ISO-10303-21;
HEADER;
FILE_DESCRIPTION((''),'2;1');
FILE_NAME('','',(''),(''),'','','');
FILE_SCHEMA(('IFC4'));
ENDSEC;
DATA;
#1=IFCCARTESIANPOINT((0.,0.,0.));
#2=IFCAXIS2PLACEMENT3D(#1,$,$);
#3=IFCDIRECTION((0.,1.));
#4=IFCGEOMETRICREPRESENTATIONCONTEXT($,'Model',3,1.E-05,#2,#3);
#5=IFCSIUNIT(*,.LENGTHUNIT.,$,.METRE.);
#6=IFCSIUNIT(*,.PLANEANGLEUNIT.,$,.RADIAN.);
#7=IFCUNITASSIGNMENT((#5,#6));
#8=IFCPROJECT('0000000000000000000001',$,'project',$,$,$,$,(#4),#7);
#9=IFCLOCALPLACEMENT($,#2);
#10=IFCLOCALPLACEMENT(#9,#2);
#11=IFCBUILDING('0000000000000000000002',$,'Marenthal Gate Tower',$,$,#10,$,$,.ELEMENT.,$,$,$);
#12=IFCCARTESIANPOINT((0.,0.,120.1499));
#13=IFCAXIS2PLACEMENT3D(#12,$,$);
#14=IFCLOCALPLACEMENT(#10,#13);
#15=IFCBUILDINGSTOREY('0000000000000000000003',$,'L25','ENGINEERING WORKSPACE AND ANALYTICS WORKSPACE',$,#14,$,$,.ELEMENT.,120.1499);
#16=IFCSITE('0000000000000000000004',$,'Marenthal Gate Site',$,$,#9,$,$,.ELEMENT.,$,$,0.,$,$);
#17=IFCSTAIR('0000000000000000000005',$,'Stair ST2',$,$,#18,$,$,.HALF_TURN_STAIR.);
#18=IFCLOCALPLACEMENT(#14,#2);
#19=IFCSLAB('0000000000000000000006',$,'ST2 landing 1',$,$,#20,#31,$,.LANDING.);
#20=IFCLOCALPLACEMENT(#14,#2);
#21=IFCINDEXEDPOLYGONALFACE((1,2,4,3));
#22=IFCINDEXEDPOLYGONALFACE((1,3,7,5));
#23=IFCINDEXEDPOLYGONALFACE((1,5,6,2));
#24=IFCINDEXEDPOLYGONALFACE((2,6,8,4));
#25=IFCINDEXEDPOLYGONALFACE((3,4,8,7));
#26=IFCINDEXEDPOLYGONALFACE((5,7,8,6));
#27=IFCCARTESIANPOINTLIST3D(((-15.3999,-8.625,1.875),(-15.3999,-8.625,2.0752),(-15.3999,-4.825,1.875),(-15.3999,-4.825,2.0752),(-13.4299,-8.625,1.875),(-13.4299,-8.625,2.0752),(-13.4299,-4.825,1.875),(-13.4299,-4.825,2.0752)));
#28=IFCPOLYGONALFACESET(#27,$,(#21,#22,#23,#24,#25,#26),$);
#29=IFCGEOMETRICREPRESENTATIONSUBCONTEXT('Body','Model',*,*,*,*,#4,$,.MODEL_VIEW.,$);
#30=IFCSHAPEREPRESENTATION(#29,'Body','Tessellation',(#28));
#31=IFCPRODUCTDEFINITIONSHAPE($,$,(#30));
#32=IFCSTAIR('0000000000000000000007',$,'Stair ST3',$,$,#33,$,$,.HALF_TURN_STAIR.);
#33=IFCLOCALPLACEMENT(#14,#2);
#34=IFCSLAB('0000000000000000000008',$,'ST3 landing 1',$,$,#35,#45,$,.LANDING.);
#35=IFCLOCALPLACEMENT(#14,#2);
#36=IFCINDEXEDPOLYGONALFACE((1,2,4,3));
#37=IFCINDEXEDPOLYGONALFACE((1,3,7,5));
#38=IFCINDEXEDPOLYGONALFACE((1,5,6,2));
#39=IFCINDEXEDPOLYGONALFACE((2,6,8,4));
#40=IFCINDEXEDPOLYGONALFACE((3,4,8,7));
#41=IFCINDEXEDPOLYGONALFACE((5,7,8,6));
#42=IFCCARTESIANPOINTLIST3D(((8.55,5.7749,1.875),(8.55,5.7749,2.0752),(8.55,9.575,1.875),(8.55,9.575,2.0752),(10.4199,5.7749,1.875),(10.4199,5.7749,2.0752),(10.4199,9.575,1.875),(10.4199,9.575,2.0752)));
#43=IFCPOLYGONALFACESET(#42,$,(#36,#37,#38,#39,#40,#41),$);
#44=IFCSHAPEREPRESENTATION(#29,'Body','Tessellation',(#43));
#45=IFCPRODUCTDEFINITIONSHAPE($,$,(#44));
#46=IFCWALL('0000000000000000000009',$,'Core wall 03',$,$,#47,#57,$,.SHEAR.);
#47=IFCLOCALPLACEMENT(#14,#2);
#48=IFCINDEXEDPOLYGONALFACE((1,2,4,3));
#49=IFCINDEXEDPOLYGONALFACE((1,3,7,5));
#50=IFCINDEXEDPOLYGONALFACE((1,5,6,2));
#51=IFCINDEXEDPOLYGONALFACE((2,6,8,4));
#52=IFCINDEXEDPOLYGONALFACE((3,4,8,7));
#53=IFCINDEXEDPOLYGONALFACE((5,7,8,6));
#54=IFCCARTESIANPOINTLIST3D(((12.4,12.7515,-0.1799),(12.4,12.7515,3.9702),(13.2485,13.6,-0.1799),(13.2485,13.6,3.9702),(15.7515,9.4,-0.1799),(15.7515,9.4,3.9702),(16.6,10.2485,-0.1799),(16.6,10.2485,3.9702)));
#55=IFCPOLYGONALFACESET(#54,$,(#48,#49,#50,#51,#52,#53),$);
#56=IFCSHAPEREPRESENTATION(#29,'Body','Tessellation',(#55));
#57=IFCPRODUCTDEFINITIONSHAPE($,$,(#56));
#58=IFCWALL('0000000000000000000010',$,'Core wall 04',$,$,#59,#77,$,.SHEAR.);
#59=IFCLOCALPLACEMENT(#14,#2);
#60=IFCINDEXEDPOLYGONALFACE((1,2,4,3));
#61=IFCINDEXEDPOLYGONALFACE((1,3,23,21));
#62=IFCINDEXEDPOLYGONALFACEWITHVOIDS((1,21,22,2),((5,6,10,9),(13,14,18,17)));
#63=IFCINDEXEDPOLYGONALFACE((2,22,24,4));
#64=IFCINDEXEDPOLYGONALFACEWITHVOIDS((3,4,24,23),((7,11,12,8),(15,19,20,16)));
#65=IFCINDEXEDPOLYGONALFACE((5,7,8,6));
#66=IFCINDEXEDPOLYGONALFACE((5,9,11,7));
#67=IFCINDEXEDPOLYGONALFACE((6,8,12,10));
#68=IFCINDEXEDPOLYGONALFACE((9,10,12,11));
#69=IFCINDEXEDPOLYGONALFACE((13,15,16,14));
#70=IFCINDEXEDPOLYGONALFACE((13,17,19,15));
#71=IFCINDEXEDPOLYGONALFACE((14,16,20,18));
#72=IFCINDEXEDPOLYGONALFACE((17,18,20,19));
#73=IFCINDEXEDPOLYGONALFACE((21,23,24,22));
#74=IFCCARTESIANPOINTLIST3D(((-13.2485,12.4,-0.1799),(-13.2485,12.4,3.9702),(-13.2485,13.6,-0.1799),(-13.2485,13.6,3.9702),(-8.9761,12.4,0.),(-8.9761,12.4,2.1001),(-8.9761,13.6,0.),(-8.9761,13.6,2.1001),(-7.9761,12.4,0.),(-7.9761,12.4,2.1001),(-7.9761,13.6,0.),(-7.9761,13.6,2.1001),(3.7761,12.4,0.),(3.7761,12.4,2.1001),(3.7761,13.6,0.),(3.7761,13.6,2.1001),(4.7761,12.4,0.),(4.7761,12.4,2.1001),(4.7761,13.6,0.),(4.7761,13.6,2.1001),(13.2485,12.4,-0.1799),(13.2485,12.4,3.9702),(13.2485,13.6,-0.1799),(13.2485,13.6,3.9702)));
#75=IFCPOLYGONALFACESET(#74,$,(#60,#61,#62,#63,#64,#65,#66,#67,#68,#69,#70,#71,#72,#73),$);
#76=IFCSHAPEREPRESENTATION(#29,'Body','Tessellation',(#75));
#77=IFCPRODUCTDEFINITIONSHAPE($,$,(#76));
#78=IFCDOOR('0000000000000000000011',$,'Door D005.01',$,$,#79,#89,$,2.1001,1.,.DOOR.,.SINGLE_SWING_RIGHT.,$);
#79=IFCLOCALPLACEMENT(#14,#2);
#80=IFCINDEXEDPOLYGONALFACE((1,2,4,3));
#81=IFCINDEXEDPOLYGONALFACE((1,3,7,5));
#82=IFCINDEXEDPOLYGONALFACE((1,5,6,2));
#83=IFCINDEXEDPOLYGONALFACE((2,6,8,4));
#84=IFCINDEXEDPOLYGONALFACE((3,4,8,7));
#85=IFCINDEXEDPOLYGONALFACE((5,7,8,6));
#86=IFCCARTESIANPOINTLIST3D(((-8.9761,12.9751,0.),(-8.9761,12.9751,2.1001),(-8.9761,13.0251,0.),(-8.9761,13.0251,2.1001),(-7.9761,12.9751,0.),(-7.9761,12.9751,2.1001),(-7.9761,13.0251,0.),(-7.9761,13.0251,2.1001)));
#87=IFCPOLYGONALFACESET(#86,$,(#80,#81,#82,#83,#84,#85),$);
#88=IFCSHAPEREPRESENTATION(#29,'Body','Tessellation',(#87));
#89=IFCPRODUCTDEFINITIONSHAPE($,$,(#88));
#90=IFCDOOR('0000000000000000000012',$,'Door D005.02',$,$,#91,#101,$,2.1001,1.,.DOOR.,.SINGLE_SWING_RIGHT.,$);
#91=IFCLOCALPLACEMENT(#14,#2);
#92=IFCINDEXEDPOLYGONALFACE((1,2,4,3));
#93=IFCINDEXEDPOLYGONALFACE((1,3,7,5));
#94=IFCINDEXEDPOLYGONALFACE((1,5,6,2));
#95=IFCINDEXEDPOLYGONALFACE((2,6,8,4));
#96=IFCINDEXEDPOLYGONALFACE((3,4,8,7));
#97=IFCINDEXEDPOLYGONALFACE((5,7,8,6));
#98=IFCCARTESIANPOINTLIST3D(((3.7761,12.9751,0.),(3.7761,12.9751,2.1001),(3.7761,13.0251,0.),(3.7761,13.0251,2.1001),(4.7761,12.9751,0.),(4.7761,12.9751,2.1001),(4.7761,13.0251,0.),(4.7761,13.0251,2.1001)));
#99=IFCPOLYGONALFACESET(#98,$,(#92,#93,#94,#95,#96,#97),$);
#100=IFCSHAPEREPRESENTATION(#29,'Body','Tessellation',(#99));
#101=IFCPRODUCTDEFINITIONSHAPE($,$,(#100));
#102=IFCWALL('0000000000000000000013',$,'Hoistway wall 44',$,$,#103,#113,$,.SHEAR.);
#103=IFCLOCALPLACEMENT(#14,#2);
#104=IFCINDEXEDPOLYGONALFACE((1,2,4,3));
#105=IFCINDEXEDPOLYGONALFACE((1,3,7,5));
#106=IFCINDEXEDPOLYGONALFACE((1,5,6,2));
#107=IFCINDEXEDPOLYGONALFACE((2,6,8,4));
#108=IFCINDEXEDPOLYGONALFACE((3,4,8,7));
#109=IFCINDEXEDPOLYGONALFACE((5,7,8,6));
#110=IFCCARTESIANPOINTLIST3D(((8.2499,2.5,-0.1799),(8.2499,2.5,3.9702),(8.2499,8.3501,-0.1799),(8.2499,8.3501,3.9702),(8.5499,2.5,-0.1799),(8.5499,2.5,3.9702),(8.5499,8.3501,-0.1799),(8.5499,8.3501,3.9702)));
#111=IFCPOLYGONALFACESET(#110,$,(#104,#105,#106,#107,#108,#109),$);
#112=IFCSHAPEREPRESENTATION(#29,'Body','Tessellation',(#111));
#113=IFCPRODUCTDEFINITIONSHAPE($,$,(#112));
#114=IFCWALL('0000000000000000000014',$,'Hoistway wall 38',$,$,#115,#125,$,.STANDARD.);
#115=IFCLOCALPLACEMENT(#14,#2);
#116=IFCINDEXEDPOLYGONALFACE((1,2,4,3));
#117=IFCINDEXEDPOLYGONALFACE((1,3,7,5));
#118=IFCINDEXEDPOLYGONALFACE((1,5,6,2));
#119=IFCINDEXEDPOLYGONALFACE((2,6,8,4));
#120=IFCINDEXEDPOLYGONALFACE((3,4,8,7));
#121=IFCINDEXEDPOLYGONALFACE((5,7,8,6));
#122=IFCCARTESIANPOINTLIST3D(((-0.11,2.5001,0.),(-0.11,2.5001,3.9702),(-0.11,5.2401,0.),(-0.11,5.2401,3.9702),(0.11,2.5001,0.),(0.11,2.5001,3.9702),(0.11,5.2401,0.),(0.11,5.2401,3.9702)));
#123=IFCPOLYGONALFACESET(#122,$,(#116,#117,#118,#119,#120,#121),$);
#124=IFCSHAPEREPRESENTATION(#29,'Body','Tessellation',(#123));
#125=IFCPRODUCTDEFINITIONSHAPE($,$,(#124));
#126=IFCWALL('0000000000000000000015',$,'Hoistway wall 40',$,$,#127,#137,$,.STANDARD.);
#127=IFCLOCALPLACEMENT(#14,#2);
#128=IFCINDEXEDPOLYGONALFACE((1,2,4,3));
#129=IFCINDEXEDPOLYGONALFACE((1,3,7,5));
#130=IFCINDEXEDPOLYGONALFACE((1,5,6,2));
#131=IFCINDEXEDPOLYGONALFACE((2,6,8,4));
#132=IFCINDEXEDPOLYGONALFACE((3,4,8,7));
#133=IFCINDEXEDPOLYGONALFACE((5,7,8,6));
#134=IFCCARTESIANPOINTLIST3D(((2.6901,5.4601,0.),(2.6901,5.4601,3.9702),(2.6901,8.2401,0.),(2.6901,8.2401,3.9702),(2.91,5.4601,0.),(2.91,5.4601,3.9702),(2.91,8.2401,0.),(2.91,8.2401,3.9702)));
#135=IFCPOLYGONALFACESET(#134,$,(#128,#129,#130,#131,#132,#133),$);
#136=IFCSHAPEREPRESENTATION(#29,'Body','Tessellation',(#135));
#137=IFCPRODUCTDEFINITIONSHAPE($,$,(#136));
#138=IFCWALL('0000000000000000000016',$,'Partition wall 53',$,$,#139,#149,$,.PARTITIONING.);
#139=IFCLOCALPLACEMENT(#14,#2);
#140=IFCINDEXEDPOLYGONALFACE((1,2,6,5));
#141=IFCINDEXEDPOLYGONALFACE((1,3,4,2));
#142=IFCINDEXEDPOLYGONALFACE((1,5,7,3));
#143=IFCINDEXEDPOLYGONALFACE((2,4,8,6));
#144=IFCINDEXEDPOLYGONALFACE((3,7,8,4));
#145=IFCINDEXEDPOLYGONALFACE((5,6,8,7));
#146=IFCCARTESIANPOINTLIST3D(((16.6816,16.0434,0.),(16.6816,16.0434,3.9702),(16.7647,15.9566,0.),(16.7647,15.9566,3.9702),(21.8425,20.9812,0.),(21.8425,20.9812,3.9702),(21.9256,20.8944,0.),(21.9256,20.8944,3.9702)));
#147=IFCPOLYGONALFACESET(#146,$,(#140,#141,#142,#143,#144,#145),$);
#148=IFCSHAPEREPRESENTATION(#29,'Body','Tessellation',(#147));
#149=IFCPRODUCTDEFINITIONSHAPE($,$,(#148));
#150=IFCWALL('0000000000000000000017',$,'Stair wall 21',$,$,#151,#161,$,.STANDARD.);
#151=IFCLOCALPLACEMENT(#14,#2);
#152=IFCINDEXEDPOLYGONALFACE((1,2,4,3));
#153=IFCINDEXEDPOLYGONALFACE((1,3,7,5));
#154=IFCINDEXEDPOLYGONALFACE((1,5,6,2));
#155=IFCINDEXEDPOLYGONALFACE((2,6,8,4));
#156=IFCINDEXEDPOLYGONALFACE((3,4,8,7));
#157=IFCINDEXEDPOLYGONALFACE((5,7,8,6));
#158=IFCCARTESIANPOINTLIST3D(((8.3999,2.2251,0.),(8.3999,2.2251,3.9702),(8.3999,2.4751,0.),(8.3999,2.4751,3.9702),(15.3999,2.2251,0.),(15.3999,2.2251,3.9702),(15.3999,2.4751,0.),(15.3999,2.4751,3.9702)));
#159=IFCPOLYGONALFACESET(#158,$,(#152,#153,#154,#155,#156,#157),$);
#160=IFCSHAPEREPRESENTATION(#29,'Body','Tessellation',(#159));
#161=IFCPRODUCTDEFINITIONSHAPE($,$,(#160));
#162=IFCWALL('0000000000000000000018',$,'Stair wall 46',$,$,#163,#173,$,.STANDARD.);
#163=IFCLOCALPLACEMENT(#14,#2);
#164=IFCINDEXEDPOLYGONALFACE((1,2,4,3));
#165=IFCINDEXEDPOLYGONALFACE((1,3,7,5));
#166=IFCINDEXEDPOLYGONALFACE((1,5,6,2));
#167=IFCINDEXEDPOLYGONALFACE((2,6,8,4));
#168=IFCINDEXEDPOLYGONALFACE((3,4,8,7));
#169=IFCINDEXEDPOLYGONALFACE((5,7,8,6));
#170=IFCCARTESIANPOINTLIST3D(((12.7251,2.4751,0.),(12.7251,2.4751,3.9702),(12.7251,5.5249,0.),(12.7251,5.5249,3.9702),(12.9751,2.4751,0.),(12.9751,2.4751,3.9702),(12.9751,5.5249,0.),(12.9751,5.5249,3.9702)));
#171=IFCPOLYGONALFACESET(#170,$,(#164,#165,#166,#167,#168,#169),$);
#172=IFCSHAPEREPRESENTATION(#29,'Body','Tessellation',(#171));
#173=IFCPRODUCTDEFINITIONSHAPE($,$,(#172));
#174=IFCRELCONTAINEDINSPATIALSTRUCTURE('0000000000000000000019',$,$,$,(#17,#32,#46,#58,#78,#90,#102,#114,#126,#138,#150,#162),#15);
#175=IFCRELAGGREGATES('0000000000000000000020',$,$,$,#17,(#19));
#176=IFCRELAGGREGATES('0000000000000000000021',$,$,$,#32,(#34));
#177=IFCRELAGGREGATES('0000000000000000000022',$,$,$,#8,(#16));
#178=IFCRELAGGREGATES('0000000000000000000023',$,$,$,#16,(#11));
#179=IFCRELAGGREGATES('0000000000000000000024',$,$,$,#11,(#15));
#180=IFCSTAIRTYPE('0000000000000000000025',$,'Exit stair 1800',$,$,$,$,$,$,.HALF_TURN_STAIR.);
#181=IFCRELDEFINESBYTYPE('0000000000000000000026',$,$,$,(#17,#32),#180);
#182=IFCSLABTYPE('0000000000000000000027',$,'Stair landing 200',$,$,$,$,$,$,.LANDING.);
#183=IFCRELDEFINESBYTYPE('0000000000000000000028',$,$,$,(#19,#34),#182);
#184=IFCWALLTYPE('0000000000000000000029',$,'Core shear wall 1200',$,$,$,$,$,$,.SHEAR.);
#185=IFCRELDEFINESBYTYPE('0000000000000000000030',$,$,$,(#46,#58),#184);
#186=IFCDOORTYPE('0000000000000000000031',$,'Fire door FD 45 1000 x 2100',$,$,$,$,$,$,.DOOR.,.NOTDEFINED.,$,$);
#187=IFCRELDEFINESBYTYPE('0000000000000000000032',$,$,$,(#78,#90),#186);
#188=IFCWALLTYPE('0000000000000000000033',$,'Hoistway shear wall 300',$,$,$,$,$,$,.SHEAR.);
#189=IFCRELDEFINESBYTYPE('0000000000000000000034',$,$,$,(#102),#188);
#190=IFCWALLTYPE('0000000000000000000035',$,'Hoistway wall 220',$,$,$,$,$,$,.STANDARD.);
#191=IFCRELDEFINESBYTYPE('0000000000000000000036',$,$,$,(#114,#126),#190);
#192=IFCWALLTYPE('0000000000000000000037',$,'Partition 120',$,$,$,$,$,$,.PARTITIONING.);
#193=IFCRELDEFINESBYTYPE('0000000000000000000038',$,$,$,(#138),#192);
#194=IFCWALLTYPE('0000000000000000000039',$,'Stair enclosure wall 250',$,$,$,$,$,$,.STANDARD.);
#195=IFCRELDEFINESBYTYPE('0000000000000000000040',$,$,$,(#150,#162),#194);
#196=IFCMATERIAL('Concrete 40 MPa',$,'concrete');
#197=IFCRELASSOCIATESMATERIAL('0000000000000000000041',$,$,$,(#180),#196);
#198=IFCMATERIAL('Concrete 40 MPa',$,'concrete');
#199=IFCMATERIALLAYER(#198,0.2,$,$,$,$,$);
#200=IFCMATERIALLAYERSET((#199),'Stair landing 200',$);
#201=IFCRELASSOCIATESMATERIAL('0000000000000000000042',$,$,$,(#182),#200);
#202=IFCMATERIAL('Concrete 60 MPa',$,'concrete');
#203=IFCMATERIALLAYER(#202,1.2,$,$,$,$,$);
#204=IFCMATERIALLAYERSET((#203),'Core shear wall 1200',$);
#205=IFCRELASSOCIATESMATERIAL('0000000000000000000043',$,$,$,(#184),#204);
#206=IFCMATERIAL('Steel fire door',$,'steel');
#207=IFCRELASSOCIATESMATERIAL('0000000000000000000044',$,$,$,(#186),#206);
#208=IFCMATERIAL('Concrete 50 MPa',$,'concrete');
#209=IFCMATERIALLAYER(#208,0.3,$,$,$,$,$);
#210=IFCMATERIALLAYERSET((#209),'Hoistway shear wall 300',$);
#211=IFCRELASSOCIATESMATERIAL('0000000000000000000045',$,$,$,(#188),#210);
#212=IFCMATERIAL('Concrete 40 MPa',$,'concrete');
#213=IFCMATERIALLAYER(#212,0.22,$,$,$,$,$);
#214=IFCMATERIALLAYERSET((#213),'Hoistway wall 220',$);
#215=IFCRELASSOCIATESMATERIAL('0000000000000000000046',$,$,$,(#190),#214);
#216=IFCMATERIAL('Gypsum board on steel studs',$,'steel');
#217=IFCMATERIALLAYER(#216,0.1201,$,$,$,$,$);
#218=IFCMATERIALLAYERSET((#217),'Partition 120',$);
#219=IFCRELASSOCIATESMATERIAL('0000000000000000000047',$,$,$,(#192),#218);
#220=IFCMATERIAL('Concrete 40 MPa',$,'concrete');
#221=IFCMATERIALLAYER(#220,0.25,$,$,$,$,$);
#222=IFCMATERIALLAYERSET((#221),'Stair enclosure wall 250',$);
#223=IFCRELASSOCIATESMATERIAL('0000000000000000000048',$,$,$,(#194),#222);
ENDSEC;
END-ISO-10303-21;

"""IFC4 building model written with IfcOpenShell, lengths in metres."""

from ifc_helpers import new_model, si_unit, direction, frame, frame_2d, origin, place, context, subcontext, project, spatial, polyline, rectangle, outline, extrude, material, layer, layer_set, type_object, element, fill, aggregate, save


model = new_model("IFC4")

# Units and contexts
model_context = context("Model", 3, precision=1e-05, world=origin(), true_north=direction((0.0, 1.0)))
body_context = subcontext(model_context, "Body", "Model", "MODEL_VIEW")
ifc_project = project(units=[si_unit("LENGTHUNIT", "METRE"), si_unit("PLANEANGLEUNIT", "RADIAN")], contexts=[model_context])

# Site, building, storey
site_placement = place(None, origin())
site = spatial("IfcSite", under=ifc_project, at=site_placement, Name="Marenthal Gate Site", CompositionType="ELEMENT", RefElevation=0.0)
building_placement = place(site_placement, origin())
building = spatial("IfcBuilding", under=site, at=building_placement, Name="Marenthal Gate Tower", CompositionType="ELEMENT")
storey_placement = place(building_placement, frame((0.0, 0.0, 120.1499)))
storey = spatial("IfcBuildingStorey", under=building, at=storey_placement, Name="L25", Description="ENGINEERING WORKSPACE AND ANALYTICS WORKSPACE", CompositionType="ELEMENT", Elevation=120.1499)

# Stairs, slabs
ifc_material_1 = material(Name="Concrete 40 MPa", Category="concrete")
stair_type = type_object("IfcStairType", Name="Exit stair 1800", PredefinedType="HALF_TURN_STAIR", material=ifc_material_1)
ifc_material_2 = material(Name="Concrete 40 MPa", Category="concrete")
ifc_layer_1 = layer(ifc_material_2, 0.2)
ifc_layer_set_1 = layer_set([ifc_layer_1], Name="Stair landing 200")
slab_type_1 = type_object("IfcSlabType", Name="Stair landing 200", PredefinedType="LANDING", material=ifc_layer_set_1)
stair_1_placement = place(storey_placement, origin())
stair_1 = element("IfcStair", 1, at=stair_1_placement, inside=storey, type_object=stair_type, Name="Stair ST2", PredefinedType="HALF_TURN_STAIR")
slab_1_placement = place(storey_placement, frame((0.0, 0.0, 1.875)))
slab_1 = element("IfcSlab", 2, at=slab_1_placement, type_object=slab_type_1, Name="ST2 landing 1", PredefinedType="LANDING", context=body_context, shape_type="SweptSolid", body=[
    extrude(outline(polyline([(-15.3999, -8.625), (-13.4299, -8.625), (-13.4299, -4.825), (-15.3999, -4.825), (-15.3999, -8.625)])), origin(), (0.0, 0.0, 1.0), 0.2002),
])
aggregate(stair_1, [slab_1])
stair_2_placement = place(storey_placement, origin())
stair_2 = element("IfcStair", 3, at=stair_2_placement, inside=storey, type_object=stair_type, Name="Stair ST3", PredefinedType="HALF_TURN_STAIR")
slab_2_placement = place(storey_placement, frame((0.0, 0.0, 1.875)))
slab_2 = element("IfcSlab", 4, at=slab_2_placement, type_object=slab_type_1, Name="ST3 landing 1", PredefinedType="LANDING", context=body_context, shape_type="SweptSolid", body=[
    extrude(outline(polyline([(8.55, 5.7749), (10.4199, 5.7749), (10.4199, 9.575), (8.55, 9.575), (8.55, 5.7749)])), origin(), (0.0, 0.0, 1.0), 0.2002),
])

# Wall
ifc_material_3 = material(Name="Concrete 60 MPa", Category="concrete")
ifc_layer_2 = layer(ifc_material_3, 1.2)
ifc_layer_set_2 = layer_set([ifc_layer_2], Name="Core shear wall 1200")
wall_type_1 = type_object("IfcWallType", Name="Core shear wall 1200", PredefinedType="SHEAR", material=ifc_layer_set_2)
wall_1_placement = place(storey_placement, frame((16.1758, 9.8242, -0.1799), z_axis=(0.0, 0.0, 1.0), x_axis=(-0.707107, 0.707107, 0.0)))
element("IfcWall", 5, at=wall_1_placement, inside=storey, type_object=wall_type_1, Name="Core wall 03", PredefinedType="SHEAR", context=body_context, shape_type="SweptSolid", body=[
    extrude(rectangle(XDim=4.7397, YDim=1.2, at=frame_2d((2.3699, 0.0))), origin(), (0.0, 0.0, 1.0), 4.1501),
])

# Wall, openings, doors
wall_2_placement = place(storey_placement, frame((13.2485, 13.0, -0.1799), z_axis=(0.0, 0.0, 1.0), x_axis=(-1.0, 0.0, 0.0)))
wall_2 = element("IfcWall", 6, at=wall_2_placement, inside=storey, type_object=wall_type_1, Name="Core wall 04", PredefinedType="SHEAR", context=body_context, shape_type="SweptSolid", body=[
    extrude(rectangle(XDim=26.4971, YDim=1.2, at=frame_2d((13.2485, 0.0))), origin(), (0.0, 0.0, 1.0), 4.1501),
])
opening_1_placement = place(wall_2_placement, frame((21.2246, 0.0, 0.1799)))
opening_1 = element("IfcOpeningElement", 7, at=opening_1_placement, cuts=wall_2, PredefinedType="OPENING", context=body_context, shape_type="SweptSolid", body=[
    extrude(rectangle(XDim=1.0, YDim=2.1001, at=frame_2d((0.5, 1.05))), frame((0.0, 0.6099, 0.0), z_axis=(0.0, -1.0, 0.0), x_axis=(1.0, 0.0, 0.0)), (0.0, 0.0, 1.0), 1.22),
])
opening_2_placement = place(wall_2_placement, frame((8.4724, 0.0, 0.1799)))
opening_2 = element("IfcOpeningElement", 8, at=opening_2_placement, cuts=wall_2, PredefinedType="OPENING", context=body_context, shape_type="SweptSolid", body=[
    extrude(rectangle(XDim=1.0, YDim=2.1001, at=frame_2d((0.5, 1.05))), frame((0.0, 0.6099, 0.0), z_axis=(0.0, -1.0, 0.0), x_axis=(1.0, 0.0, 0.0)), (0.0, 0.0, 1.0), 1.22),
])
ifc_material_4 = material(Name="Steel fire door", Category="steel")
door_type_1 = type_object("IfcDoorType", Name="Fire door FD 45 1000 x 2100", OperationType="NOTDEFINED", PredefinedType="DOOR", material=ifc_material_4)
door_1_placement = place(opening_1_placement, origin())
door_1 = element("IfcDoor", 9, at=door_1_placement, inside=storey, type_object=door_type_1, Name="Door D005.01", OperationType="SINGLE_SWING_RIGHT", OverallHeight=2.1001, OverallWidth=1.0, PredefinedType="DOOR", context=body_context, shape_type="SweptSolid", body=[
    extrude(rectangle(XDim=1.0, YDim=2.1001, at=frame_2d((0.5, 1.05))), frame((0.0, 0.0249, 0.0), z_axis=(0.0, -1.0, 0.0), x_axis=(1.0, 0.0, 0.0)), (0.0, 0.0, 1.0), 0.05),
])
fill(opening_1, door_1)
door_2_placement = place(opening_2_placement, origin())
door_2 = element("IfcDoor", 10, at=door_2_placement, inside=storey, type_object=door_type_1, Name="Door D005.02", OperationType="SINGLE_SWING_RIGHT", OverallHeight=2.1001, OverallWidth=1.0, PredefinedType="DOOR", context=body_context, shape_type="SweptSolid", body=[
    extrude(rectangle(XDim=1.0, YDim=2.1001, at=frame_2d((0.5, 1.05))), frame((0.0, 0.0249, 0.0), z_axis=(0.0, -1.0, 0.0), x_axis=(1.0, 0.0, 0.0)), (0.0, 0.0, 1.0), 0.05),
])
fill(opening_2, door_2)

# Walls
ifc_material_5 = material(Name="Concrete 50 MPa", Category="concrete")
ifc_layer_3 = layer(ifc_material_5, 0.3)
ifc_layer_set_3 = layer_set([ifc_layer_3], Name="Hoistway shear wall 300")
wall_type_2 = type_object("IfcWallType", Name="Hoistway shear wall 300", PredefinedType="SHEAR", material=ifc_layer_set_3)
wall_3_placement = place(storey_placement, frame((8.3999, 2.5, -0.1799), z_axis=(0.0, 0.0, 1.0), x_axis=(0.0, 1.0, 0.0)))
element("IfcWall", 11, at=wall_3_placement, inside=storey, type_object=wall_type_2, Name="Hoistway wall 44", PredefinedType="SHEAR", context=body_context, shape_type="SweptSolid", body=[
    extrude(rectangle(XDim=5.8501, YDim=0.3, at=frame_2d((2.925, 0.0))), origin(), (0.0, 0.0, 1.0), 4.1501),
])
ifc_material_6 = material(Name="Concrete 40 MPa", Category="concrete")
ifc_layer_4 = layer(ifc_material_6, 0.22)
ifc_layer_set_4 = layer_set([ifc_layer_4], Name="Hoistway wall 220")
wall_type_3 = type_object("IfcWallType", Name="Hoistway wall 220", PredefinedType="STANDARD", material=ifc_layer_set_4)
wall_4_placement = place(storey_placement, frame((0.0, 2.5, 0.0), z_axis=(0.0, 0.0, 1.0), x_axis=(0.0, 1.0, 0.0)))
element("IfcWall", 12, at=wall_4_placement, inside=storey, type_object=wall_type_3, Name="Hoistway wall 38", PredefinedType="STANDARD", context=body_context, shape_type="SweptSolid", body=[
    extrude(rectangle(XDim=2.74, YDim=0.22, at=frame_2d((1.3701, 0.0))), origin(), (0.0, 0.0, 1.0), 3.9702),
])
wall_5_placement = place(storey_placement, frame((2.8, 5.46, 0.0), z_axis=(0.0, 0.0, 1.0), x_axis=(0.0, 1.0, 0.0)))
element("IfcWall", 13, at=wall_5_placement, inside=storey, type_object=wall_type_3, Name="Hoistway wall 40", PredefinedType="STANDARD", context=body_context, shape_type="SweptSolid", body=[
    extrude(rectangle(XDim=2.78, YDim=0.22, at=frame_2d((1.3901, 0.0))), origin(), (0.0, 0.0, 1.0), 3.9702),
])
ifc_material_7 = material(Name="Gypsum board on steel studs", Category="steel")
ifc_layer_5 = layer(ifc_material_7, 0.1201)
ifc_layer_set_5 = layer_set([ifc_layer_5], Name="Partition 120")
wall_type_4 = type_object("IfcWallType", Name="Partition 120", PredefinedType="PARTITIONING", material=ifc_layer_set_5)
wall_6_placement = place(storey_placement, frame((16.7231, 16.0, 0.0), z_axis=(0.0, 0.0, 1.0), x_axis=(0.722555, 0.691313, 0.0)))
element("IfcWall", 14, at=wall_6_placement, inside=storey, type_object=wall_type_4, Name="Partition wall 53", PredefinedType="PARTITIONING", context=body_context, shape_type="SweptSolid", body=[
    extrude(rectangle(XDim=7.1426, YDim=0.1201, at=frame_2d((3.5713, 0.0))), origin(), (0.0, 0.0, 1.0), 3.9702),
])
ifc_material_8 = material(Name="Concrete 40 MPa", Category="concrete")
ifc_layer_6 = layer(ifc_material_8, 0.25)
ifc_layer_set_6 = layer_set([ifc_layer_6], Name="Stair enclosure wall 250")
wall_type_5 = type_object("IfcWallType", Name="Stair enclosure wall 250", PredefinedType="STANDARD", material=ifc_layer_set_6)
wall_7_placement = place(storey_placement, frame((8.3999, 2.3501, 0.0), z_axis=(0.0, 0.0, 1.0), x_axis=(1.0, 0.0, 0.0)))
element("IfcWall", 15, at=wall_7_placement, inside=storey, type_object=wall_type_5, Name="Stair wall 21", PredefinedType="STANDARD", context=body_context, shape_type="SweptSolid", body=[
    extrude(rectangle(XDim=7.0, YDim=0.25, at=frame_2d((3.5, 0.0))), origin(), (0.0, 0.0, 1.0), 3.9702),
])
wall_8_placement = place(storey_placement, frame((12.8501, 2.4751, 0.0), z_axis=(0.0, 0.0, 1.0), x_axis=(0.0, 1.0, 0.0)))
element("IfcWall", 16, at=wall_8_placement, inside=storey, type_object=wall_type_5, Name="Stair wall 46", PredefinedType="STANDARD", context=body_context, shape_type="SweptSolid", body=[
    extrude(rectangle(XDim=3.0498, YDim=0.25, at=frame_2d((1.5249, 0.0))), origin(), (0.0, 0.0, 1.0), 3.9702),
])

aggregate(stair_2, [slab_2])

save(model, "model.ifc")
